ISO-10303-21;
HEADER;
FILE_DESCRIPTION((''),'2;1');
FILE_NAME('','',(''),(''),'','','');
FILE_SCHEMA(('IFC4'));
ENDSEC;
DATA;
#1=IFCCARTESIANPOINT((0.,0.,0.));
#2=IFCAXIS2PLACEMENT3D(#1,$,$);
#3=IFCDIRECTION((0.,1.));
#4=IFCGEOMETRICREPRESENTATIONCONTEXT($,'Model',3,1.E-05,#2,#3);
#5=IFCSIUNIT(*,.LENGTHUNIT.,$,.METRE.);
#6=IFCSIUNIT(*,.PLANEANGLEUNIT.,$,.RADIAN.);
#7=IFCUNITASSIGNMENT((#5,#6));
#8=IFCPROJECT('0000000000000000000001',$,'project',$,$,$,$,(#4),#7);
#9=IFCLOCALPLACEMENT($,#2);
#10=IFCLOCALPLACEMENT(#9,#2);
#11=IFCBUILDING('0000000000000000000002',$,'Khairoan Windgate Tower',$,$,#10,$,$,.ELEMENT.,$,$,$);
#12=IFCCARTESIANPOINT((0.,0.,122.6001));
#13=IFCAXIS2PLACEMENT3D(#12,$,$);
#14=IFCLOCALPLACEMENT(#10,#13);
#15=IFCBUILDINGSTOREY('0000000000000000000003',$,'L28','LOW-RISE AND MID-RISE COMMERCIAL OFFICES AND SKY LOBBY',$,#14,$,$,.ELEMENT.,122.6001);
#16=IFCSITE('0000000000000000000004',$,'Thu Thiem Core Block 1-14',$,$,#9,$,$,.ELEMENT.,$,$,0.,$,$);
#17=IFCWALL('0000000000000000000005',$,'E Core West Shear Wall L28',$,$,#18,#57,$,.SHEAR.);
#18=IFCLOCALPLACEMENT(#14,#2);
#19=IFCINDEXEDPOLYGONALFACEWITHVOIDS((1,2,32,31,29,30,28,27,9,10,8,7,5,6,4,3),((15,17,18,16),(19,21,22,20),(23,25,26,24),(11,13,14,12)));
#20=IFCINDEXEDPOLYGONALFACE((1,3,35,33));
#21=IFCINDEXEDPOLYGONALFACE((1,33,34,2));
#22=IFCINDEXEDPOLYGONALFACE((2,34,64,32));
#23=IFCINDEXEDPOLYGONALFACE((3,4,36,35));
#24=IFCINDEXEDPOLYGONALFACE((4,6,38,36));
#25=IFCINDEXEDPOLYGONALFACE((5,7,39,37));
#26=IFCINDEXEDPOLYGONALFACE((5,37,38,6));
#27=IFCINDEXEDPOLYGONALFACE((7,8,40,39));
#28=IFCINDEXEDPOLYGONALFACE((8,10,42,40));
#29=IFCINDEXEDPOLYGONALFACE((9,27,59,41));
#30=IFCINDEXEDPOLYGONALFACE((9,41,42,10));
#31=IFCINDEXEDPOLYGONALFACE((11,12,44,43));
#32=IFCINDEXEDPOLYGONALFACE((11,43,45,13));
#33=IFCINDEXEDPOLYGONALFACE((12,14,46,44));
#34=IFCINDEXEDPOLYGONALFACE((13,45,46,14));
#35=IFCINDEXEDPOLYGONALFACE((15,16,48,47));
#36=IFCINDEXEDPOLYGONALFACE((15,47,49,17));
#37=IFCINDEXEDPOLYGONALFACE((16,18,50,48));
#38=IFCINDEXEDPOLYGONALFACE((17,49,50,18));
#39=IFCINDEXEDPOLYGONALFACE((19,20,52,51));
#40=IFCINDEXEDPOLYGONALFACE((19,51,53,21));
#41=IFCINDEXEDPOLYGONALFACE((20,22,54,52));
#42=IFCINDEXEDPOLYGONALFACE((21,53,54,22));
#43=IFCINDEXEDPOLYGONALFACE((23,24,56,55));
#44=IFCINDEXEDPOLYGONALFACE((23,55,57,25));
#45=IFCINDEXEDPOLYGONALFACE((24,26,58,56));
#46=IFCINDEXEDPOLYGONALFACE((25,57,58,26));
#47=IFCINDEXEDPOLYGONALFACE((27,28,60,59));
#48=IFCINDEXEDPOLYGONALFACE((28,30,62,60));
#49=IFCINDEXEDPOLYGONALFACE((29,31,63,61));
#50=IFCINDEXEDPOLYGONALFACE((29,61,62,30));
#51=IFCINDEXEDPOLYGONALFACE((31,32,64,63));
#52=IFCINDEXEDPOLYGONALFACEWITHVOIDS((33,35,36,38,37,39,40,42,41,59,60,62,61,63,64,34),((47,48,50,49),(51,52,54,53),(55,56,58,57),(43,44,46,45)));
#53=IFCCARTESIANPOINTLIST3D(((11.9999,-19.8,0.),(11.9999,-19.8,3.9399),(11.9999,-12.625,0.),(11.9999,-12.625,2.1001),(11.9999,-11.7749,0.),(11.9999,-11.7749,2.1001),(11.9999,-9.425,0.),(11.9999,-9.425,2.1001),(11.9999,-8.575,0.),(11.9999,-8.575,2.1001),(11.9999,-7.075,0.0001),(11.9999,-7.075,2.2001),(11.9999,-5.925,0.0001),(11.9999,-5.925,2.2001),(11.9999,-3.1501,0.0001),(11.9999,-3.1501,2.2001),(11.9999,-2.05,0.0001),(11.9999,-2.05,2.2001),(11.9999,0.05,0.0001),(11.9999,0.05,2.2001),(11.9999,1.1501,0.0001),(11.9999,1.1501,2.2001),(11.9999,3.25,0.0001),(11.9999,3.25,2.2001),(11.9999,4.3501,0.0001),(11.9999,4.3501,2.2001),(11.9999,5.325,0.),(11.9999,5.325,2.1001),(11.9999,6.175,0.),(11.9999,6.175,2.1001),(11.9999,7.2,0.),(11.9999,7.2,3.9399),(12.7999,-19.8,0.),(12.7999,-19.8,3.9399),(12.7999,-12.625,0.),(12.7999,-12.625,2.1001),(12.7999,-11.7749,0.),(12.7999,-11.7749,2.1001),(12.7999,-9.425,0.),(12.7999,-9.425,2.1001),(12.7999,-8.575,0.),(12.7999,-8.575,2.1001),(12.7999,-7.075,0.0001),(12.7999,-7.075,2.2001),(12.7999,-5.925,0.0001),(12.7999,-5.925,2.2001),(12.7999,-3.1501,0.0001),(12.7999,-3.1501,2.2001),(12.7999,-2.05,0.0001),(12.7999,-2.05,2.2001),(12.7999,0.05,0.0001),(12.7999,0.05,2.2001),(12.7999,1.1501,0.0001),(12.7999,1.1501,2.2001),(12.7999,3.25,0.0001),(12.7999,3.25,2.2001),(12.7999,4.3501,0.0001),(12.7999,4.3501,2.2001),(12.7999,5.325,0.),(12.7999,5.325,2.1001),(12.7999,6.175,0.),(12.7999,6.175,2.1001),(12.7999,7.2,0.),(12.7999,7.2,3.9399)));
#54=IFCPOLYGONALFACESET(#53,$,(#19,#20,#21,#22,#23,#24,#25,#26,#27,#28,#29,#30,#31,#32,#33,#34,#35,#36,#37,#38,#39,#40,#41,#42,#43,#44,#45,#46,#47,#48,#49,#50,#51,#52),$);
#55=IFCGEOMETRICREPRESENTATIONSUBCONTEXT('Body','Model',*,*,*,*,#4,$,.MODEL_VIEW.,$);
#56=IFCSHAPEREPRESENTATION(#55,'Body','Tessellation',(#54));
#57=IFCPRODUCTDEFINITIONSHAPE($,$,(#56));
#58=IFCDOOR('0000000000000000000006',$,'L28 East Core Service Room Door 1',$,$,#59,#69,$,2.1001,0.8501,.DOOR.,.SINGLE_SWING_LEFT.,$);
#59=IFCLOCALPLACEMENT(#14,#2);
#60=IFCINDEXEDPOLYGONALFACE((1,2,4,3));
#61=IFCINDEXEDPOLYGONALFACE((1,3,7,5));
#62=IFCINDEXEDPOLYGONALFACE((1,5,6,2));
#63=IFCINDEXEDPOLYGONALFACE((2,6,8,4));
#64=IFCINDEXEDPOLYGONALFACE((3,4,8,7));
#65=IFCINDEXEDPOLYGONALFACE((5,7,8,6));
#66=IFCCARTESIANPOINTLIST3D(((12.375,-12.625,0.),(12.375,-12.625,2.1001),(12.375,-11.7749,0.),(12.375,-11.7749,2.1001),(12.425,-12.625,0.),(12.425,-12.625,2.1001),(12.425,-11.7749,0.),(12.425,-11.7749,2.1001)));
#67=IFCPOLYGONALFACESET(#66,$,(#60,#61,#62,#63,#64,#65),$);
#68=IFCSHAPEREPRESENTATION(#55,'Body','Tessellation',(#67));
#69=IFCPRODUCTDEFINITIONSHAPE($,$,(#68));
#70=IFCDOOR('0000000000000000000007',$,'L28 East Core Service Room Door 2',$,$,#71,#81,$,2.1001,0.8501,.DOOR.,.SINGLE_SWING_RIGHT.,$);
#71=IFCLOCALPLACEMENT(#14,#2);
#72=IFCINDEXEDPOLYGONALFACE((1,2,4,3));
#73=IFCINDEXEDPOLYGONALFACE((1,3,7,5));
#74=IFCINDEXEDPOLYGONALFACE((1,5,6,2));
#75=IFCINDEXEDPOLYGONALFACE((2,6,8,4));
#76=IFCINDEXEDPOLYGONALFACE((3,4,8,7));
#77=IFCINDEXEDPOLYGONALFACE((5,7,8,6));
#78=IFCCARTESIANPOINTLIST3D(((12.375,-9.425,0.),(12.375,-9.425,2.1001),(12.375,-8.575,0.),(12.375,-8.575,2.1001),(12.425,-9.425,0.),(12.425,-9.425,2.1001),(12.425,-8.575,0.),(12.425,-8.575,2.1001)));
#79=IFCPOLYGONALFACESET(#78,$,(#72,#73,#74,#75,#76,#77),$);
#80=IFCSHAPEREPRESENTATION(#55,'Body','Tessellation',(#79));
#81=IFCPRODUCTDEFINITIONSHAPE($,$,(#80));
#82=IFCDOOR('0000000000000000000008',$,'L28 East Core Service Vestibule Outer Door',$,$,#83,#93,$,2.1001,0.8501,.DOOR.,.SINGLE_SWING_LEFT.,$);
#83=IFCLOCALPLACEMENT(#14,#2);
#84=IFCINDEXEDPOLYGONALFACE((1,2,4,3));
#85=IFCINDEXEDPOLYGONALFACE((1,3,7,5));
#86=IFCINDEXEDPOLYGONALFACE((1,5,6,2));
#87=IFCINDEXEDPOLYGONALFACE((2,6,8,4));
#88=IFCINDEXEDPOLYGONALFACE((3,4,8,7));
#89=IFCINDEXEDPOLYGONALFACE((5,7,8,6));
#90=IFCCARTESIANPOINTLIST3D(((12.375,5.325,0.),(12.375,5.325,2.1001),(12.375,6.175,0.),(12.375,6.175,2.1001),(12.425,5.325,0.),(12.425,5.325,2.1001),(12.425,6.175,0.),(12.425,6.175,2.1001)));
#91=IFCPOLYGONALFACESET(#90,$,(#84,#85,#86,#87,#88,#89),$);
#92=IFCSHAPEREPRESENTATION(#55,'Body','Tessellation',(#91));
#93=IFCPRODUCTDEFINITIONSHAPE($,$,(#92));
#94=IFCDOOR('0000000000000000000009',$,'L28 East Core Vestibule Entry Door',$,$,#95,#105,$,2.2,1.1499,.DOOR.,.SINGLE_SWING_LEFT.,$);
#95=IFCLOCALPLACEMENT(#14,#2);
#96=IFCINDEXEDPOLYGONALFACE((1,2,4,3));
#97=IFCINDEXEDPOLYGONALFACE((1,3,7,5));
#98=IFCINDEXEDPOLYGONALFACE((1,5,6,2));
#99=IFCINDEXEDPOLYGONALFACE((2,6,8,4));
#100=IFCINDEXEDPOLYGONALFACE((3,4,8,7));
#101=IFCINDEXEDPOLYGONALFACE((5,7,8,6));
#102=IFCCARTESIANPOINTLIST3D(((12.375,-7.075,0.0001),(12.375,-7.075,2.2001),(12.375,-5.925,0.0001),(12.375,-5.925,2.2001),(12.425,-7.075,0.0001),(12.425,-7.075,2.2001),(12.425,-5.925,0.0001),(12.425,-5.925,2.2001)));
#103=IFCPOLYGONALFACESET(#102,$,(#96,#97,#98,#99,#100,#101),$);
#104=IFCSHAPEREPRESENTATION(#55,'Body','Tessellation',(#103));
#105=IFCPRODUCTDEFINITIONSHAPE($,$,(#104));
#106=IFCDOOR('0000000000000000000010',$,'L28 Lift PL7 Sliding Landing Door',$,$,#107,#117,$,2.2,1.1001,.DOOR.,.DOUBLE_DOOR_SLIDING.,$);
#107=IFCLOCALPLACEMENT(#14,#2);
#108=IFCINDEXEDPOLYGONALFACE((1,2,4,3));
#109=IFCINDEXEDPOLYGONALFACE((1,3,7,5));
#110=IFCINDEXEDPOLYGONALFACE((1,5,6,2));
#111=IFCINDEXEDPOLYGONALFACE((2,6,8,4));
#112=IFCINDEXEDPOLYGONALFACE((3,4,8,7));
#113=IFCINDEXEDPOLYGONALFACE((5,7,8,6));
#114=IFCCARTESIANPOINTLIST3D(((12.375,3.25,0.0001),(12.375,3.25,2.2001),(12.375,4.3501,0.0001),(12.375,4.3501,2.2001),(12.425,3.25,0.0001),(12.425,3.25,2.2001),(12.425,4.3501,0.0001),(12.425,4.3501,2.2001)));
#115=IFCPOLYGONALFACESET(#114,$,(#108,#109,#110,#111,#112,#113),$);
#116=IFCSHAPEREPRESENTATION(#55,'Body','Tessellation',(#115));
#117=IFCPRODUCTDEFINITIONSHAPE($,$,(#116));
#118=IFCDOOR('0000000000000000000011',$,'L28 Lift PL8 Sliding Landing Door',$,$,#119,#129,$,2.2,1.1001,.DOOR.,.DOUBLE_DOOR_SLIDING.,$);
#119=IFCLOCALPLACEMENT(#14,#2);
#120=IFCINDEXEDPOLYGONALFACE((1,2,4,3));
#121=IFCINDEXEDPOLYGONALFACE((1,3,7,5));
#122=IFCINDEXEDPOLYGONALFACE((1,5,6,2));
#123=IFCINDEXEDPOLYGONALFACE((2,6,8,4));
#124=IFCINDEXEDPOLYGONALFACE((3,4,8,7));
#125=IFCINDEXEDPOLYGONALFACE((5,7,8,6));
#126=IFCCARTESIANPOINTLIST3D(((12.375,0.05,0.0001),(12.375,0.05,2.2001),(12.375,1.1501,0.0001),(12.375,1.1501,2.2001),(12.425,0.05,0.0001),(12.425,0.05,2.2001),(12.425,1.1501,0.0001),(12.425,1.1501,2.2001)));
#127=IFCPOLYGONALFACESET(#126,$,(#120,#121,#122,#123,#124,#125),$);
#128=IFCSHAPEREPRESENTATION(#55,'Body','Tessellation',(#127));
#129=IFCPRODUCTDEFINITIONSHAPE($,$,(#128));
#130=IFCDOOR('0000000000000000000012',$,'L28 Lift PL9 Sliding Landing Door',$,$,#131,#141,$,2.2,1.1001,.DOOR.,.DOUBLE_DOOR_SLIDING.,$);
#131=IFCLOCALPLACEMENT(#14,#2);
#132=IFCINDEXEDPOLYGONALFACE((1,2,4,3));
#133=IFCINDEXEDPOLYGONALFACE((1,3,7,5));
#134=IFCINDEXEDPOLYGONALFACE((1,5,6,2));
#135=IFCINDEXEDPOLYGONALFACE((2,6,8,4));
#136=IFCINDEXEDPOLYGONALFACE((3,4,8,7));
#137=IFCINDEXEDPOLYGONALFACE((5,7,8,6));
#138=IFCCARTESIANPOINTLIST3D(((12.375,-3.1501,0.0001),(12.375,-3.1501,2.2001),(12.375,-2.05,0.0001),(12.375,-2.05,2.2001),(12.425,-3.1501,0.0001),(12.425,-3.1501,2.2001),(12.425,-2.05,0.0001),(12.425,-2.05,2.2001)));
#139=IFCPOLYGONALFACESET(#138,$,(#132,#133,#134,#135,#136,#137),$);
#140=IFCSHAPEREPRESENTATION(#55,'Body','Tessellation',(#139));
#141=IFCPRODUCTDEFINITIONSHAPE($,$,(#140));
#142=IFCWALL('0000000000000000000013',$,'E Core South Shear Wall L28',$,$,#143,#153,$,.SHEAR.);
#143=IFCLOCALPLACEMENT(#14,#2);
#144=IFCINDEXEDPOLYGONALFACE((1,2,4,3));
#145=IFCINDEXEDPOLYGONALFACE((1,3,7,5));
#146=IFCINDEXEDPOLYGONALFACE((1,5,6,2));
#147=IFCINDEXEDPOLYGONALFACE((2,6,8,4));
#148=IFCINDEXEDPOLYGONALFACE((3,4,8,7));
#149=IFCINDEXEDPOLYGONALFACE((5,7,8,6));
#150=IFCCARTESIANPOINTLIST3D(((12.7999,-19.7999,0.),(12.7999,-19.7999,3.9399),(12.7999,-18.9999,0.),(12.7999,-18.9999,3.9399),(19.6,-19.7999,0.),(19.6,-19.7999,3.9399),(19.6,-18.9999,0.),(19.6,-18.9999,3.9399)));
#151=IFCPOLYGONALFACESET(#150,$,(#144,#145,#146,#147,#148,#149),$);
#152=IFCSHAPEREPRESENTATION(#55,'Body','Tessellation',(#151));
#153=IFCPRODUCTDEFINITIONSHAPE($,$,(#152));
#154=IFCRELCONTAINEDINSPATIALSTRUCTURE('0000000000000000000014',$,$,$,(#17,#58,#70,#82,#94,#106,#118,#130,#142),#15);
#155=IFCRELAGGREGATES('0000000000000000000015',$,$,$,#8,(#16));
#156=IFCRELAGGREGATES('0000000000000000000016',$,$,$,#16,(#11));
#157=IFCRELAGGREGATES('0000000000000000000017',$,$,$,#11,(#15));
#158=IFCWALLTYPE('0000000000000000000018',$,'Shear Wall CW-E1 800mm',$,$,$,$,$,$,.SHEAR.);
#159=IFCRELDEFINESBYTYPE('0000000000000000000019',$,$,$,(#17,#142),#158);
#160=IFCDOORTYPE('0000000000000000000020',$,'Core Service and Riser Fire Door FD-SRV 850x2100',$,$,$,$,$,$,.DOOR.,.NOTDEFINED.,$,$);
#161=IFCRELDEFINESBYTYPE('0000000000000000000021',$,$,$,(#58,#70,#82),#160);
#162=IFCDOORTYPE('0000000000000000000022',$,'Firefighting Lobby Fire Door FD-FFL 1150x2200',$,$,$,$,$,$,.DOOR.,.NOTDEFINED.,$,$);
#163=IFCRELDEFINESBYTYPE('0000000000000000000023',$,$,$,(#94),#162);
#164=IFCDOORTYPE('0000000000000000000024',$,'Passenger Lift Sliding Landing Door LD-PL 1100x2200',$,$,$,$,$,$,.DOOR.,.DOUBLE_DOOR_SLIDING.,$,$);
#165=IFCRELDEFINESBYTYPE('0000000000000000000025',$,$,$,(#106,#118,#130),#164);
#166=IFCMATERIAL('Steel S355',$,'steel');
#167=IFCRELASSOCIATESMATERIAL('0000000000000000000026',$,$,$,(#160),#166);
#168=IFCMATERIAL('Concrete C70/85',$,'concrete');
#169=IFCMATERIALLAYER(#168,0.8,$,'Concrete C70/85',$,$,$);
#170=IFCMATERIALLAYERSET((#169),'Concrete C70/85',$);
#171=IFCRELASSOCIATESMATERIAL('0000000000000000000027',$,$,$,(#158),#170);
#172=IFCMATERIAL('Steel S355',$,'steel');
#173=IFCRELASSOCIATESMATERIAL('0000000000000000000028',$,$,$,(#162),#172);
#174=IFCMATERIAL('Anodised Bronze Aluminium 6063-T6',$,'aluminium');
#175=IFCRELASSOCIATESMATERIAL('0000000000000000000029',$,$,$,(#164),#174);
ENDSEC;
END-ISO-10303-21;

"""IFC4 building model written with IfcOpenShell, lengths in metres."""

from ifc_helpers import new_model, si_unit, direction, frame, frame_2d, origin, place, context, subcontext, project, spatial, rectangle, extrude, material, layer, layer_set, type_object, element, fill, save


model = new_model("IFC4")

# Units and contexts
model_context = context("Model", 3, precision=1e-05, world=origin(), true_north=direction((0.0, 1.0)))
body_context = subcontext(model_context, "Body", "Model", "MODEL_VIEW")
ifc_project = project(units=[si_unit("LENGTHUNIT", "METRE"), si_unit("PLANEANGLEUNIT", "RADIAN")], contexts=[model_context])

# Site, building, storey
site_placement = place(None, origin())
site = spatial("IfcSite", under=ifc_project, at=site_placement, Name="Thu Thiem Core Block 1-14", CompositionType="ELEMENT", RefElevation=0.0)
building_placement = place(site_placement, origin())
building = spatial("IfcBuilding", under=site, at=building_placement, Name="Khairoan Windgate Tower", CompositionType="ELEMENT")
storey_placement = place(building_placement, frame((0.0, 0.0, 122.6001)))
storey = spatial("IfcBuildingStorey", under=building, at=storey_placement, Name="L28", Description="LOW-RISE AND MID-RISE COMMERCIAL OFFICES AND SKY LOBBY", CompositionType="ELEMENT", Elevation=122.6001)

# Shared definitions
ifc_material_1 = material(Name="Steel S355", Category="steel")
door_type_1 = type_object("IfcDoorType", Name="Core Service and Riser Fire Door FD-SRV 850x2100", OperationType="NOTDEFINED", PredefinedType="DOOR", material=ifc_material_1)

# Wall, openings, doors
ifc_material_2 = material(Name="Concrete C70/85", Category="concrete")
ifc_layer_1 = layer(ifc_material_2, 0.8, Name="Concrete C70/85")
ifc_layer_set_1 = layer_set([ifc_layer_1], Name="Concrete C70/85")
wall_type_1 = type_object("IfcWallType", Name="Shear Wall CW-E1 800mm", PredefinedType="SHEAR", material=ifc_layer_set_1)
wall_1_placement = place(storey_placement, frame((12.3999, -19.8, 0.0), z_axis=(0.0, 0.0, 1.0), x_axis=(0.0, 1.0, 0.0)))
wall_1 = element("IfcWall", 1, at=wall_1_placement, inside=storey, type_object=wall_type_1, Name="E Core West Shear Wall L28", PredefinedType="SHEAR", context=body_context, shape_type="SweptSolid", body=[
    extrude(rectangle(XDim=27.0, YDim=0.8, at=frame_2d((13.5, 0.0))), origin(), (0.0, 0.0, 1.0), 3.9399),
])
opening_1_placement = place(wall_1_placement, frame((23.05, 0.0, 0.0)))
opening_1 = element("IfcOpeningElement", 2, at=opening_1_placement, cuts=wall_1, PredefinedType="OPENING", context=body_context, shape_type="SweptSolid", body=[
    extrude(rectangle(XDim=1.1001, YDim=2.2, at=frame_2d((0.55, 1.1001))), frame((0.0, 0.4099, 0.0), z_axis=(0.0, -1.0, 0.0), x_axis=(1.0, 0.0, 0.0)), (0.0, 0.0, 1.0), 0.8201),
])
opening_2_placement = place(wall_1_placement, frame((19.8501, 0.0, 0.0)))
opening_2 = element("IfcOpeningElement", 3, at=opening_2_placement, cuts=wall_1, PredefinedType="OPENING", context=body_context, shape_type="SweptSolid", body=[
    extrude(rectangle(XDim=1.1001, YDim=2.2, at=frame_2d((0.55, 1.1001))), frame((0.0, 0.4099, 0.0), z_axis=(0.0, -1.0, 0.0), x_axis=(1.0, 0.0, 0.0)), (0.0, 0.0, 1.0), 0.8201),
])
opening_3_placement = place(wall_1_placement, frame((16.6499, 0.0, 0.0)))
opening_3 = element("IfcOpeningElement", 4, at=opening_3_placement, cuts=wall_1, PredefinedType="OPENING", context=body_context, shape_type="SweptSolid", body=[
    extrude(rectangle(XDim=1.1001, YDim=2.2, at=frame_2d((0.55, 1.1001))), frame((0.0, 0.4099, 0.0), z_axis=(0.0, -1.0, 0.0), x_axis=(1.0, 0.0, 0.0)), (0.0, 0.0, 1.0), 0.8201),
])
opening_4_placement = place(wall_1_placement, frame((7.175, 0.0, 0.0)))
opening_4 = element("IfcOpeningElement", 5, at=opening_4_placement, cuts=wall_1, PredefinedType="OPENING", context=body_context, shape_type="SweptSolid", body=[
    extrude(rectangle(XDim=0.8501, YDim=2.1001, at=frame_2d((0.425, 1.05))), frame((0.0, 0.4099, 0.0), z_axis=(0.0, -1.0, 0.0), x_axis=(1.0, 0.0, 0.0)), (0.0, 0.0, 1.0), 0.8201),
])
opening_5_placement = place(wall_1_placement, frame((10.375, 0.0, 0.0)))
opening_5 = element("IfcOpeningElement", 6, at=opening_5_placement, cuts=wall_1, PredefinedType="OPENING", context=body_context, shape_type="SweptSolid", body=[
    extrude(rectangle(XDim=0.8501, YDim=2.1001, at=frame_2d((0.425, 1.05))), frame((0.0, 0.4099, 0.0), z_axis=(0.0, -1.0, 0.0), x_axis=(1.0, 0.0, 0.0)), (0.0, 0.0, 1.0), 0.8201),
])
opening_6_placement = place(wall_1_placement, frame((12.7251, 0.0, 0.0)))
opening_6 = element("IfcOpeningElement", 7, at=opening_6_placement, cuts=wall_1, PredefinedType="OPENING", context=body_context, shape_type="SweptSolid", body=[
    extrude(rectangle(XDim=1.1499, YDim=2.2, at=frame_2d((0.575, 1.1001))), frame((0.0, 0.4099, 0.0), z_axis=(0.0, -1.0, 0.0), x_axis=(1.0, 0.0, 0.0)), (0.0, 0.0, 1.0), 0.8201),
])
opening_7_placement = place(wall_1_placement, frame((25.125, 0.0, 0.0)))
opening_7 = element("IfcOpeningElement", 8, at=opening_7_placement, cuts=wall_1, PredefinedType="OPENING", context=body_context, shape_type="SweptSolid", body=[
    extrude(rectangle(XDim=0.8501, YDim=2.1001, at=frame_2d((0.425, 1.05))), frame((0.0, 0.4099, 0.0), z_axis=(0.0, -1.0, 0.0), x_axis=(1.0, 0.0, 0.0)), (0.0, 0.0, 1.0), 0.8201),
])
door_1_placement = place(opening_4_placement, origin())
door_1 = element("IfcDoor", 9, at=door_1_placement, inside=storey, type_object=door_type_1, Name="L28 East Core Service Room Door 1", OperationType="SINGLE_SWING_LEFT", OverallHeight=2.1001, OverallWidth=0.8501, PredefinedType="DOOR", context=body_context, shape_type="SweptSolid", body=[
    extrude(rectangle(XDim=0.8501, YDim=2.1001, at=frame_2d((0.425, 1.05))), frame((0.0, 0.0249, 0.0), z_axis=(0.0, -1.0, 0.0), x_axis=(1.0, 0.0, 0.0)), (0.0, 0.0, 1.0), 0.05),
])
fill(opening_4, door_1)
door_2_placement = place(opening_5_placement, origin())
door_2 = element("IfcDoor", 10, at=door_2_placement, inside=storey, type_object=door_type_1, Name="L28 East Core Service Room Door 2", OperationType="SINGLE_SWING_RIGHT", OverallHeight=2.1001, OverallWidth=0.8501, PredefinedType="DOOR", context=body_context, shape_type="SweptSolid", body=[
    extrude(rectangle(XDim=0.8501, YDim=2.1001, at=frame_2d((0.425, 1.05))), frame((0.0, 0.0249, 0.0), z_axis=(0.0, -1.0, 0.0), x_axis=(1.0, 0.0, 0.0)), (0.0, 0.0, 1.0), 0.05),
])
fill(opening_5, door_2)
door_3_placement = place(opening_7_placement, origin())
door_3 = element("IfcDoor", 11, at=door_3_placement, inside=storey, type_object=door_type_1, Name="L28 East Core Service Vestibule Outer Door", OperationType="SINGLE_SWING_LEFT", OverallHeight=2.1001, OverallWidth=0.8501, PredefinedType="DOOR", context=body_context, shape_type="SweptSolid", body=[
    extrude(rectangle(XDim=0.8501, YDim=2.1001, at=frame_2d((0.425, 1.05))), frame((0.0, 0.0249, 0.0), z_axis=(0.0, -1.0, 0.0), x_axis=(1.0, 0.0, 0.0)), (0.0, 0.0, 1.0), 0.05),
])
fill(opening_7, door_3)
ifc_material_3 = material(Name="Steel S355", Category="steel")
door_type_2 = type_object("IfcDoorType", Name="Firefighting Lobby Fire Door FD-FFL 1150x2200", OperationType="NOTDEFINED", PredefinedType="DOOR", material=ifc_material_3)
door_4_placement = place(opening_6_placement, origin())
door_4 = element("IfcDoor", 12, at=door_4_placement, inside=storey, type_object=door_type_2, Name="L28 East Core Vestibule Entry Door", OperationType="SINGLE_SWING_LEFT", OverallHeight=2.2, OverallWidth=1.1499, PredefinedType="DOOR", context=body_context, shape_type="SweptSolid", body=[
    extrude(rectangle(XDim=1.1499, YDim=2.2, at=frame_2d((0.575, 1.1001))), frame((0.0, 0.0249, 0.0), z_axis=(0.0, -1.0, 0.0), x_axis=(1.0, 0.0, 0.0)), (0.0, 0.0, 1.0), 0.05),
])
fill(opening_6, door_4)
ifc_material_4 = material(Name="Anodised Bronze Aluminium 6063-T6", Category="aluminium")
door_type_3 = type_object("IfcDoorType", Name="Passenger Lift Sliding Landing Door LD-PL 1100x2200", OperationType="DOUBLE_DOOR_SLIDING", PredefinedType="DOOR", material=ifc_material_4)
door_5_placement = place(opening_1_placement, origin())
door_5 = element("IfcDoor", 13, at=door_5_placement, inside=storey, type_object=door_type_3, Name="L28 Lift PL7 Sliding Landing Door", OperationType="DOUBLE_DOOR_SLIDING", OverallHeight=2.2, OverallWidth=1.1001, PredefinedType="DOOR", context=body_context, shape_type="SweptSolid", body=[
    extrude(rectangle(XDim=1.1001, YDim=2.2, at=frame_2d((0.55, 1.1001))), frame((0.0, 0.0249, 0.0), z_axis=(0.0, -1.0, 0.0), x_axis=(1.0, 0.0, 0.0)), (0.0, 0.0, 1.0), 0.05),
])
fill(opening_1, door_5)
door_6_placement = place(opening_2_placement, origin())
door_6 = element("IfcDoor", 14, at=door_6_placement, inside=storey, type_object=door_type_3, Name="L28 Lift PL8 Sliding Landing Door", OperationType="DOUBLE_DOOR_SLIDING", OverallHeight=2.2, OverallWidth=1.1001, PredefinedType="DOOR", context=body_context, shape_type="SweptSolid", body=[
    extrude(rectangle(XDim=1.1001, YDim=2.2, at=frame_2d((0.55, 1.1001))), frame((0.0, 0.0249, 0.0), z_axis=(0.0, -1.0, 0.0), x_axis=(1.0, 0.0, 0.0)), (0.0, 0.0, 1.0), 0.05),
])
fill(opening_2, door_6)
door_7_placement = place(opening_3_placement, origin())
door_7 = element("IfcDoor", 15, at=door_7_placement, inside=storey, type_object=door_type_3, Name="L28 Lift PL9 Sliding Landing Door", OperationType="DOUBLE_DOOR_SLIDING", OverallHeight=2.2, OverallWidth=1.1001, PredefinedType="DOOR", context=body_context, shape_type="SweptSolid", body=[
    extrude(rectangle(XDim=1.1001, YDim=2.2, at=frame_2d((0.55, 1.1001))), frame((0.0, 0.0249, 0.0), z_axis=(0.0, -1.0, 0.0), x_axis=(1.0, 0.0, 0.0)), (0.0, 0.0, 1.0), 0.05),
])
fill(opening_3, door_7)

# Wall
wall_2_placement = place(storey_placement, frame((12.8, -19.3999, 0.0), z_axis=(0.0, 0.0, 1.0), x_axis=(1.0, 0.0, 0.0)))
element("IfcWall", 16, at=wall_2_placement, inside=storey, type_object=wall_type_1, Name="E Core South Shear Wall L28", PredefinedType="SHEAR", context=body_context, shape_type="SweptSolid", body=[
    extrude(rectangle(XDim=6.8, YDim=0.8, at=frame_2d((3.3999, 0.0))), origin(), (0.0, 0.0, 1.0), 3.9399),
])

save(model, "model.ifc")
